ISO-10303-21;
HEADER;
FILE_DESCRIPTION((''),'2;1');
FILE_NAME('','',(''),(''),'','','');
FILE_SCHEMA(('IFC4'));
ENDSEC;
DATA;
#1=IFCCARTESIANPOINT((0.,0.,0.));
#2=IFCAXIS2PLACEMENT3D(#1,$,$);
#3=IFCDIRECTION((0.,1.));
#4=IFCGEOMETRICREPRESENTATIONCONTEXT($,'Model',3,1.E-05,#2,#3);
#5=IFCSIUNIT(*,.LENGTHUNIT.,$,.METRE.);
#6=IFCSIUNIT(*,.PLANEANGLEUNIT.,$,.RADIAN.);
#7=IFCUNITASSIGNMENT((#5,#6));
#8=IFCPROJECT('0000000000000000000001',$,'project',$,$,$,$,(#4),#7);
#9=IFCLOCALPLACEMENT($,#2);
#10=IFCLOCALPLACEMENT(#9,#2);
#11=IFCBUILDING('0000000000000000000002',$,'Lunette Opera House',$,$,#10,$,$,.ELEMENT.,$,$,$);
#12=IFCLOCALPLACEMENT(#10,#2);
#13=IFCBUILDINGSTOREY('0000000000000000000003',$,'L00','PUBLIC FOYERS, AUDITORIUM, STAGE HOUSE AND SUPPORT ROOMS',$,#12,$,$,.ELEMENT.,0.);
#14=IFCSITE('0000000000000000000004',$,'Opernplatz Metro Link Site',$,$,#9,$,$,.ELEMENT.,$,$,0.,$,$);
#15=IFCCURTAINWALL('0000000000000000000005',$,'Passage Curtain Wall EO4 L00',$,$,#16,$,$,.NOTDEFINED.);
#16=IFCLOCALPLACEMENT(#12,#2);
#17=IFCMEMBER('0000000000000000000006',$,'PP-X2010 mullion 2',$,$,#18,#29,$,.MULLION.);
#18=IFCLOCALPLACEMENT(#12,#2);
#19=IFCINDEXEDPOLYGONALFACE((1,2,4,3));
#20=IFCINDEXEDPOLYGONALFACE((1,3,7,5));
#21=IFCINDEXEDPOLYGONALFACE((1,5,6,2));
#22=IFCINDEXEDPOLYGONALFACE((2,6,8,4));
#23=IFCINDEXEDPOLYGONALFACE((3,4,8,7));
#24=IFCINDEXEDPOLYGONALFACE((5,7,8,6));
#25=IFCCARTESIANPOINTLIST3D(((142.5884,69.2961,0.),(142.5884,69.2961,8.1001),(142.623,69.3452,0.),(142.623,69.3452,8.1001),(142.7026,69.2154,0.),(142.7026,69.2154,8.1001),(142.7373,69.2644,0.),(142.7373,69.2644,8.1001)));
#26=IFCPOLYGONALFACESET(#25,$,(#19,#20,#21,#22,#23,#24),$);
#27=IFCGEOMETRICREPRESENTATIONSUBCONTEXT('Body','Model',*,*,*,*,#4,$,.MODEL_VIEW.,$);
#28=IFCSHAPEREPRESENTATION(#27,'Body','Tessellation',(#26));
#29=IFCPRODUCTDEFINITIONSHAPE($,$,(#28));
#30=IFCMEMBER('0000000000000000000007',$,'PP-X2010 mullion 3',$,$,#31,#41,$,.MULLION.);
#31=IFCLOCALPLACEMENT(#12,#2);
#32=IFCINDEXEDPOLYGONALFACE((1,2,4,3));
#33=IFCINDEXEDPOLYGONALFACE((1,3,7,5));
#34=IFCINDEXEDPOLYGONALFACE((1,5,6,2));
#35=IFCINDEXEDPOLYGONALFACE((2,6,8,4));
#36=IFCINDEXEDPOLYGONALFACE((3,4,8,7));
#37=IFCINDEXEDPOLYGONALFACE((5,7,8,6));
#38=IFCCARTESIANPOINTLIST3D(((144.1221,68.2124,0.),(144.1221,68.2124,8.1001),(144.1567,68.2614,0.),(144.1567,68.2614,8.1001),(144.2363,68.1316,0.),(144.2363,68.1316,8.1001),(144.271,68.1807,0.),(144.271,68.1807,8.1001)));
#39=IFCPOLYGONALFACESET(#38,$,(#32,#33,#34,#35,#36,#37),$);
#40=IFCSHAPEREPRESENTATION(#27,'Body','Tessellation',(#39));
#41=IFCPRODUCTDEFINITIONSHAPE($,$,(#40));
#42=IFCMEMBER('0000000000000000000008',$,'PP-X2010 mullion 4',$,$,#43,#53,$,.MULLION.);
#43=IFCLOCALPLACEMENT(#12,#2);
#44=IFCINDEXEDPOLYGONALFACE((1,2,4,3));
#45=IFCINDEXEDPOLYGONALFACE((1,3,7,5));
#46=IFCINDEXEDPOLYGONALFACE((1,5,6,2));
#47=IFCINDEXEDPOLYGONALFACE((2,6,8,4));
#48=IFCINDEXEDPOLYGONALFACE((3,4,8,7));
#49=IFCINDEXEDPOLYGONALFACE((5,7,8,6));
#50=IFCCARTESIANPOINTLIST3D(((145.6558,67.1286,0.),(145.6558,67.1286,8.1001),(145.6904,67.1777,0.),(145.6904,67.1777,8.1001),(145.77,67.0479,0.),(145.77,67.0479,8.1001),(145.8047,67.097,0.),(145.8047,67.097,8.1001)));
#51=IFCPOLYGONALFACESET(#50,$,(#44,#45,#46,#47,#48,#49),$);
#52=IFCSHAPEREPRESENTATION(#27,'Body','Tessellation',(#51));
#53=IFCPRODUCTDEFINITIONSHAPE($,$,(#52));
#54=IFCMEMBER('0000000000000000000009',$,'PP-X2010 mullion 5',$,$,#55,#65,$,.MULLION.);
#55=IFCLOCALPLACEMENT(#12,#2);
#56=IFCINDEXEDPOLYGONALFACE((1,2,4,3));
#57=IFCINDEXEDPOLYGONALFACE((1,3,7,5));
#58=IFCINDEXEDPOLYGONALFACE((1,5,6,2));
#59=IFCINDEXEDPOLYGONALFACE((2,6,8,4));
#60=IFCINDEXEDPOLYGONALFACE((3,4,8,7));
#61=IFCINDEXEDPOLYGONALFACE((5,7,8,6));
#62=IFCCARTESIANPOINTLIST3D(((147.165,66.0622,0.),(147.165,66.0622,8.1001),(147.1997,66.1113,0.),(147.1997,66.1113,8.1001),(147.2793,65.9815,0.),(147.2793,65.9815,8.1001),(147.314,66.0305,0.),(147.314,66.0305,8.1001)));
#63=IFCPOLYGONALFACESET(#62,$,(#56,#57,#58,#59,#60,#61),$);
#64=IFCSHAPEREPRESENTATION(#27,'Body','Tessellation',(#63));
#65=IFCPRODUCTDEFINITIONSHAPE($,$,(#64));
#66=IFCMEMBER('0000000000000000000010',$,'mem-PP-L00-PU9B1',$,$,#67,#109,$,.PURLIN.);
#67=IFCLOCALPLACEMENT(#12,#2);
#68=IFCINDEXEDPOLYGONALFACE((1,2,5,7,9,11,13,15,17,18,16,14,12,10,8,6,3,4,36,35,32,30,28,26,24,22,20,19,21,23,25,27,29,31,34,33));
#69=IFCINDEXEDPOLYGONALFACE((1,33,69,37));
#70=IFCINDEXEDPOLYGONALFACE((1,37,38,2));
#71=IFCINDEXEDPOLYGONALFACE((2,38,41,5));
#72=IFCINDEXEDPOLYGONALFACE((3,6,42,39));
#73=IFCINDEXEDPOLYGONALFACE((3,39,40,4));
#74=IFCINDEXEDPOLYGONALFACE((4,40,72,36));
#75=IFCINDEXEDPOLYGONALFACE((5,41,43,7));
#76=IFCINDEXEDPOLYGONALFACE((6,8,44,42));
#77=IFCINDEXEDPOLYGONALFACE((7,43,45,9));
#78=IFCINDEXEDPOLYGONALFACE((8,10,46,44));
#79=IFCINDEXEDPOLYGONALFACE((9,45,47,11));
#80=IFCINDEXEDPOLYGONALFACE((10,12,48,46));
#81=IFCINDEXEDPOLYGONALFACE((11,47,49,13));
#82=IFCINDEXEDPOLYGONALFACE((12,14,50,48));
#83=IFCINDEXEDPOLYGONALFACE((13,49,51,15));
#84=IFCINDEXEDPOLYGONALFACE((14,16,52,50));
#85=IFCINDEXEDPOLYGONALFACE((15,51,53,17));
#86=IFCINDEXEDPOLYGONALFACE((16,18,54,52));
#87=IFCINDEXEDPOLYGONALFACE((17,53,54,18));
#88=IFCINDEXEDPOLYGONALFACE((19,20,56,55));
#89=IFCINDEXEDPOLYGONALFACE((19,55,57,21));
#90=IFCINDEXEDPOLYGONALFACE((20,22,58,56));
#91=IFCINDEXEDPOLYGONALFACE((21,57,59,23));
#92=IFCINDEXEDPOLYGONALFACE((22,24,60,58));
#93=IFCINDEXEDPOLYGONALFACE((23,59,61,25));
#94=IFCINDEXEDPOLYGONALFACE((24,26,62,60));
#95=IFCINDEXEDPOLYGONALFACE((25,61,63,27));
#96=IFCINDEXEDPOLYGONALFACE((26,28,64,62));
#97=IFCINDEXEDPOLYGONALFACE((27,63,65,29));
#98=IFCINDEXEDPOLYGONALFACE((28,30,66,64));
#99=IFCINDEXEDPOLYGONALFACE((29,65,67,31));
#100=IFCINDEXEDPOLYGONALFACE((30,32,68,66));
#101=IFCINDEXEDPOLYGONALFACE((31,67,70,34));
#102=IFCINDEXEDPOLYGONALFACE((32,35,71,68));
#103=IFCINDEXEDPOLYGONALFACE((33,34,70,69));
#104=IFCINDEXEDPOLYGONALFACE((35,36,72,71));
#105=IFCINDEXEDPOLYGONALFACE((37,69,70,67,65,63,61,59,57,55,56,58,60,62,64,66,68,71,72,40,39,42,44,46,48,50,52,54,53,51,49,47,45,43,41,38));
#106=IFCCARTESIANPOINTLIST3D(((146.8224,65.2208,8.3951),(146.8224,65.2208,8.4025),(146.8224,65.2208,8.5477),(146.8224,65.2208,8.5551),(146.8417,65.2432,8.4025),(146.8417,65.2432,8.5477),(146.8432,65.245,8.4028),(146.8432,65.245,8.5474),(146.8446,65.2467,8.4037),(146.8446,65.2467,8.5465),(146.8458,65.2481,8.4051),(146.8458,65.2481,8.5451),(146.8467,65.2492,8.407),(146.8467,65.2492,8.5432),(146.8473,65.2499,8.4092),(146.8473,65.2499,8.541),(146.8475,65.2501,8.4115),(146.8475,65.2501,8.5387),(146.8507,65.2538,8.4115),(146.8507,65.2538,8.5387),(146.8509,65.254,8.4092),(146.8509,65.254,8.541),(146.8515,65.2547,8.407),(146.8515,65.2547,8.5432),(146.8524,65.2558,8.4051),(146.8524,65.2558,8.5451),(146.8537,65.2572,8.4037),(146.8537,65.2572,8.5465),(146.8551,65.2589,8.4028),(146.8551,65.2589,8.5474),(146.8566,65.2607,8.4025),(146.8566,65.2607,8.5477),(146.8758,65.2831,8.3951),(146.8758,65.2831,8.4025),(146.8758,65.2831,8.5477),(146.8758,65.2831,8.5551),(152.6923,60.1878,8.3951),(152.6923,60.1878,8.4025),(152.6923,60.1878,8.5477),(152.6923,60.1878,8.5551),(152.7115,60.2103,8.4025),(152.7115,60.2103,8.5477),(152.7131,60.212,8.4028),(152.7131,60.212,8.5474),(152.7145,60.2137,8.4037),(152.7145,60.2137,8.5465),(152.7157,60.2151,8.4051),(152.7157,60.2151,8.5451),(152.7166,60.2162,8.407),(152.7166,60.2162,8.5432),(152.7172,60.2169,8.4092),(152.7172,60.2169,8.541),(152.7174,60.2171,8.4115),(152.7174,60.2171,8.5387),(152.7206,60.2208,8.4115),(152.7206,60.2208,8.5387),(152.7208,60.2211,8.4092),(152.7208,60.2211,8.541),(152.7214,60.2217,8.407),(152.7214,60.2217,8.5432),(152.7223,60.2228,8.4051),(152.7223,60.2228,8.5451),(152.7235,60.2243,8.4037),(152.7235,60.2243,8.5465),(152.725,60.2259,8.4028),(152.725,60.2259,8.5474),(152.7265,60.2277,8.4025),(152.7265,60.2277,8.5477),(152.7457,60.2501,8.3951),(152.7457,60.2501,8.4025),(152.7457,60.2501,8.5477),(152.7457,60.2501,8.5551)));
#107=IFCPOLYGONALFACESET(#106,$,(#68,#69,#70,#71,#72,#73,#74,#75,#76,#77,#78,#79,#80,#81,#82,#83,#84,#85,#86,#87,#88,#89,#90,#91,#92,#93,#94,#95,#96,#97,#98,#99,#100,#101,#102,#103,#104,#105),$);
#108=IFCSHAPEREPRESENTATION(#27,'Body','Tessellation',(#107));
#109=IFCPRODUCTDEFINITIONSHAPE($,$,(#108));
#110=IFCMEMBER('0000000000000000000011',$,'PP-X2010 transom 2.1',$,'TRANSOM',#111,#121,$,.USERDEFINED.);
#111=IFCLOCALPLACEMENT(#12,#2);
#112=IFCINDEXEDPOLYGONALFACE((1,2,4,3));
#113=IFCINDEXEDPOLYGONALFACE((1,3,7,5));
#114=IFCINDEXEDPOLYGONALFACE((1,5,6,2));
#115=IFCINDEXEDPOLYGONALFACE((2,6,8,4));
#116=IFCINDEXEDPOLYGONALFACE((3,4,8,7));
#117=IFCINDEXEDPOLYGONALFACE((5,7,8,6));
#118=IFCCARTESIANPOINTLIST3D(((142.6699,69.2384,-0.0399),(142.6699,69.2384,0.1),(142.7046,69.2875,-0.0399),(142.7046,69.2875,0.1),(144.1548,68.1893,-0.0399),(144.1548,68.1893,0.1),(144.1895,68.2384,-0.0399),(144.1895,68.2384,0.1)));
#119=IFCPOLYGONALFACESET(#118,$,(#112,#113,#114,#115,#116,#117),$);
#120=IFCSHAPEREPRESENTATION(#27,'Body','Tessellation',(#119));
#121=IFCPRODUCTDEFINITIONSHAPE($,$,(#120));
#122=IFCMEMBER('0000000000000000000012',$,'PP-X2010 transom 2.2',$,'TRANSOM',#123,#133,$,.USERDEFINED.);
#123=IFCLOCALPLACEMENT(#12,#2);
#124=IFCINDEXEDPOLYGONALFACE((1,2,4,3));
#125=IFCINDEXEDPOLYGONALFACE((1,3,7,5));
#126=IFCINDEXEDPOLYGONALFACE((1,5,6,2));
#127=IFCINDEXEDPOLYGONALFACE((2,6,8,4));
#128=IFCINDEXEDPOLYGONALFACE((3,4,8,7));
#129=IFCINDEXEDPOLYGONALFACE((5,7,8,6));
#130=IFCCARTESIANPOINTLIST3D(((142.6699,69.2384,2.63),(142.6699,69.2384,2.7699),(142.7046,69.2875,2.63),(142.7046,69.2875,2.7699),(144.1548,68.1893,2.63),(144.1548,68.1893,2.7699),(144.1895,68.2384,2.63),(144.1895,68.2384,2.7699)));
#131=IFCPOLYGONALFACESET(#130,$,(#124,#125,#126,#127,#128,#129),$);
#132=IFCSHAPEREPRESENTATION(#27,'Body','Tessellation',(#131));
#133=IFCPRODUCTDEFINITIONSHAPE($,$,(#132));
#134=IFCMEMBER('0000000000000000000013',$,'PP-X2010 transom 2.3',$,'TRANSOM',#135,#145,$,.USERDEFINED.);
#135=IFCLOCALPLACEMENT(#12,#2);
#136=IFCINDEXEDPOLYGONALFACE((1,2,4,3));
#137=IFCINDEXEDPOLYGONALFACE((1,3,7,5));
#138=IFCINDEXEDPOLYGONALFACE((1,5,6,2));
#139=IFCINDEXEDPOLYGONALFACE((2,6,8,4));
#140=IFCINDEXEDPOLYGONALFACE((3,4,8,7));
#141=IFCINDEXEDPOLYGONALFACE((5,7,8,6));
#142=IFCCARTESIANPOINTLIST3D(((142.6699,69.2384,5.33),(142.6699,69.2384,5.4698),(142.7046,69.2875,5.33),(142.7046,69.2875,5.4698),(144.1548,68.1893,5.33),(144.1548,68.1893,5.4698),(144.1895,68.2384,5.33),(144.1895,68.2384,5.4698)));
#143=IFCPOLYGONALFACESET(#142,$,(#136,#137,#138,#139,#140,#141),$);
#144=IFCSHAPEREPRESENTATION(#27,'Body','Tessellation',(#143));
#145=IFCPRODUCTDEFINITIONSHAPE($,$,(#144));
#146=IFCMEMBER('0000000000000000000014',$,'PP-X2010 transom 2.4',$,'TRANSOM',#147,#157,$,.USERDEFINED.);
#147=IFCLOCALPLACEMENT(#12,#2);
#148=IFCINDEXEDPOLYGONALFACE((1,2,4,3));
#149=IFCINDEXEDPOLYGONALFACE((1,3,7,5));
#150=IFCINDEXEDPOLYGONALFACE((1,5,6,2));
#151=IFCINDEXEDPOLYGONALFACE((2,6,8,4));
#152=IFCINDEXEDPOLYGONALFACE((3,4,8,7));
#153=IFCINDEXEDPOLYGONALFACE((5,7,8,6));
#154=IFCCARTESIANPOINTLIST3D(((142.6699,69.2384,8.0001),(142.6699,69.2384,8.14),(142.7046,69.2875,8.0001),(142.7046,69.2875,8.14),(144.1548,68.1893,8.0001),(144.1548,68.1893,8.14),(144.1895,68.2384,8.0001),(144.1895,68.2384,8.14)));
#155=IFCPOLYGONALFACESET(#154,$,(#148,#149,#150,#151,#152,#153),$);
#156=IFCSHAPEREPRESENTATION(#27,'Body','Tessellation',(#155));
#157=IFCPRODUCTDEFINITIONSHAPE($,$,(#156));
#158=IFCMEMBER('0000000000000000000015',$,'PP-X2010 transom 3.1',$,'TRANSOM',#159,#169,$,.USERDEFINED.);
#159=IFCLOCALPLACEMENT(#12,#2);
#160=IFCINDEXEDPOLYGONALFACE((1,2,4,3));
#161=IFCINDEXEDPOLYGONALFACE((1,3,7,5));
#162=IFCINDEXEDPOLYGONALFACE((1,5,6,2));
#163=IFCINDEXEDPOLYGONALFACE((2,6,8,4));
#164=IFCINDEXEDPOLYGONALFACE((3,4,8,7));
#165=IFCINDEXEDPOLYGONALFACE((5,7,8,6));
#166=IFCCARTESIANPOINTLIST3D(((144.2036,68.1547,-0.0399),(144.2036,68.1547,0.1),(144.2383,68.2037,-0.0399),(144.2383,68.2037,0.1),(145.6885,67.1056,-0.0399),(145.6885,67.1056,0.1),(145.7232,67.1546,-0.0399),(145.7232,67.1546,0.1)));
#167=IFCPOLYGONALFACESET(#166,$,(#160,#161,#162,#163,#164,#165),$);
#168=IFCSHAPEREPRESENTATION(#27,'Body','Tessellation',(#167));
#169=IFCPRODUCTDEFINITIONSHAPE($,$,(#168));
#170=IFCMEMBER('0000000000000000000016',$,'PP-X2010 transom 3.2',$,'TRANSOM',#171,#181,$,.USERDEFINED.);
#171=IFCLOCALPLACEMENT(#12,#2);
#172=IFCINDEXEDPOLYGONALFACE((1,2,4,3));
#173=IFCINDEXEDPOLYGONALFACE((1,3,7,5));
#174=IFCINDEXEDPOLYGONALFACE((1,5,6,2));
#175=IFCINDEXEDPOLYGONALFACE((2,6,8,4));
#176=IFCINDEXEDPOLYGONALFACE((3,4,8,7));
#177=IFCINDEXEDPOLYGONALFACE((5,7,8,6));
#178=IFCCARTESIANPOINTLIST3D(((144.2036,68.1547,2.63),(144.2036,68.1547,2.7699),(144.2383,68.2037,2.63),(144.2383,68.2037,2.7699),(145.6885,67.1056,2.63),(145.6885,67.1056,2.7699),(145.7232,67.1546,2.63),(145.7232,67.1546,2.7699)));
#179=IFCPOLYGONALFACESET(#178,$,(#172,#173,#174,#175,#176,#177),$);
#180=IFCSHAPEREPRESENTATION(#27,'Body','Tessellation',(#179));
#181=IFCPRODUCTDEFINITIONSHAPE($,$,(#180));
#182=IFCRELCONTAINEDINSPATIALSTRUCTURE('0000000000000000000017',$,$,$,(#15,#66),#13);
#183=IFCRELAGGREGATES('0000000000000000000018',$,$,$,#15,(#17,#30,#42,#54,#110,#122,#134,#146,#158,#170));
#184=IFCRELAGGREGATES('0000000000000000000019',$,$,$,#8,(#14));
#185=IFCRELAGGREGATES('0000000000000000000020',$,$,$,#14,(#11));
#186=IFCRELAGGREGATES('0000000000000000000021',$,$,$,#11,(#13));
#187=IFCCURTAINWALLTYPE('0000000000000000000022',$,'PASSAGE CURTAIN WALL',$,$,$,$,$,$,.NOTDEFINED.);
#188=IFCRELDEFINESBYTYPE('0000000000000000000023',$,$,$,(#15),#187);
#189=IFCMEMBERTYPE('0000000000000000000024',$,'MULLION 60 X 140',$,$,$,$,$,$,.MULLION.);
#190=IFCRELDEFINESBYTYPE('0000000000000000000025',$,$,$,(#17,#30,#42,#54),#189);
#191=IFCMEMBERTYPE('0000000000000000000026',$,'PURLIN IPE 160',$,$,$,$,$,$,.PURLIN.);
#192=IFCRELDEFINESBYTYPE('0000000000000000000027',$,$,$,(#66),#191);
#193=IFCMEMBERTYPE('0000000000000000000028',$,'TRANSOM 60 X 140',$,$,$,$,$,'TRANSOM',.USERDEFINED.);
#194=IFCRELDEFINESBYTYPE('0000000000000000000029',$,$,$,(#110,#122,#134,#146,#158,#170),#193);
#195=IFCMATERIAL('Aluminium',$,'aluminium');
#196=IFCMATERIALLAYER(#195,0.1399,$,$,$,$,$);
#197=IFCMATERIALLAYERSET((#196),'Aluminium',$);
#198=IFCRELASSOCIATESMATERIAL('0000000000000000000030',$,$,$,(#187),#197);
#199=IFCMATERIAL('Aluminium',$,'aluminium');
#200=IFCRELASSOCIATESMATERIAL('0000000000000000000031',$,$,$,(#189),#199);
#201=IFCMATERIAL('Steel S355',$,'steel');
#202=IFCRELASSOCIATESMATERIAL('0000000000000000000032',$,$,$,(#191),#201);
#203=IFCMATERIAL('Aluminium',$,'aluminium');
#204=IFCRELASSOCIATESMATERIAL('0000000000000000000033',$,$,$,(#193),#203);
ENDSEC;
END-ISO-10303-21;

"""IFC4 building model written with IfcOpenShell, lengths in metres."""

from ifc_helpers import new_model, si_unit, direction, frame, origin, origin_2d, place, context, subcontext, project, spatial, rectangle, i_section, extrude, material, layer, layer_set, material_profile, profile_set, type_object, element, aggregate, save


model = new_model("IFC4")

# Units and contexts
model_context = context("Model", 3, precision=1e-05, world=origin(), true_north=direction((0.0, 1.0)))
body_context = subcontext(model_context, "Body", "Model", "MODEL_VIEW")
ifc_project = project(units=[si_unit("LENGTHUNIT", "METRE"), si_unit("PLANEANGLEUNIT", "RADIAN")], contexts=[model_context])

# Site, building, storey
site_placement = place(None, origin())
site = spatial("IfcSite", under=ifc_project, at=site_placement, Name="Opernplatz Metro Link Site", CompositionType="ELEMENT", RefElevation=0.0)
building_placement = place(site_placement, origin())
building = spatial("IfcBuilding", under=site, at=building_placement, Name="Lunette Opera House", CompositionType="ELEMENT")
storey_placement = place(building_placement, origin())
storey = spatial("IfcBuildingStorey", under=building, at=storey_placement, Name="L00", Description="PUBLIC FOYERS, AUDITORIUM, STAGE HOUSE AND SUPPORT ROOMS", CompositionType="ELEMENT", Elevation=0.0)

# Curtain wall, members
ifc_material_1 = material(Name="Aluminium", Category="aluminium")
ifc_layer_1 = layer(ifc_material_1, 0.1399)
ifc_layer_set_1 = layer_set([ifc_layer_1], Name="Aluminium")
curtain_wall_type = type_object("IfcCurtainWallType", Name="PASSAGE CURTAIN WALL", PredefinedType="NOTDEFINED", material=ifc_layer_set_1)
curtain_wall_placement = place(storey_placement, origin())
curtain_wall = element("IfcCurtainWall", 1, at=curtain_wall_placement, inside=storey, type_object=curtain_wall_type, Name="Passage Curtain Wall EO4 L00", PredefinedType="NOTDEFINED")
ifc_material_2 = material(Name="Aluminium", Category="aluminium")
ifc_material_profile_1 = material_profile(ifc_material_2, rectangle(XDim=0.0601, YDim=0.1399, at=origin_2d()), Name="MULLION 60 X 140")
ifc_profile_set_1 = profile_set([ifc_material_profile_1], Name="Aluminium")
member_type_1 = type_object("IfcMemberType", Name="MULLION 60 X 140", PredefinedType="MULLION", material=ifc_profile_set_1)
member_1_placement = place(storey_placement, frame((142.6628, 69.2803, 0.0), z_axis=(0.0, 0.0, 1.0), x_axis=(0.577075, 0.816691, 0.0)))
member_1 = element("IfcMember", 2, at=member_1_placement, type_object=member_type_1, Name="PP-X2010 mullion 2", PredefinedType="MULLION", context=body_context, shape_type="SweptSolid", body=[
    extrude(rectangle(XDim=0.0601, YDim=0.1399, at=origin_2d()), origin(), (0.0, 0.0, 1.0), 8.1001),
])
member_2_placement = place(storey_placement, frame((144.1965, 68.1965, 0.0), z_axis=(0.0, 0.0, 1.0), x_axis=(0.577075, 0.816691, 0.0)))
member_2 = element("IfcMember", 3, at=member_2_placement, type_object=member_type_1, Name="PP-X2010 mullion 3", PredefinedType="MULLION", context=body_context, shape_type="SweptSolid", body=[
    extrude(rectangle(XDim=0.0601, YDim=0.1399, at=origin_2d()), origin(), (0.0, 0.0, 1.0), 8.1001),
])
member_3_placement = place(storey_placement, frame((145.7302, 67.1128, 0.0), z_axis=(0.0, 0.0, 1.0), x_axis=(0.577075, 0.816691, 0.0)))
member_3 = element("IfcMember", 4, at=member_3_placement, type_object=member_type_1, Name="PP-X2010 mullion 4", PredefinedType="MULLION", context=body_context, shape_type="SweptSolid", body=[
    extrude(rectangle(XDim=0.0601, YDim=0.1399, at=origin_2d()), origin(), (0.0, 0.0, 1.0), 8.1001),
])
member_4_placement = place(storey_placement, frame((147.2395, 66.0464, 0.0), z_axis=(0.0, 0.0, 1.0), x_axis=(0.577075, 0.816691, 0.0)))
member_4 = element("IfcMember", 5, at=member_4_placement, type_object=member_type_1, Name="PP-X2010 mullion 5", PredefinedType="MULLION", context=body_context, shape_type="SweptSolid", body=[
    extrude(rectangle(XDim=0.0601, YDim=0.1399, at=origin_2d()), origin(), (0.0, 0.0, 1.0), 8.1001),
])

# Members
ifc_material_3 = material(Name="Steel S355", Category="steel")
ifc_material_profile_2 = material_profile(ifc_material_3, i_section(OverallWidth=0.082, OverallDepth=0.1599, WebThickness=0.0049, FlangeThickness=0.0073, FilletRadius=0.009, at=origin_2d()), Name="IPE 160")
ifc_profile_set_2 = profile_set([ifc_material_profile_2], Name="Steel S355")
member_type_2 = type_object("IfcMemberType", Name="PURLIN IPE 160", PredefinedType="PURLIN", material=ifc_profile_set_2)
member_5_placement = place(storey_placement, frame((146.8491, 65.252, 8.4751), z_axis=(0.759152, -0.650914, 0.0), x_axis=(0.650914, 0.759152, 0.0)))
element("IfcMember", 6, at=member_5_placement, inside=storey, type_object=member_type_2, Name="mem-PP-L00-PU9B1", PredefinedType="PURLIN", context=body_context, shape_type="SweptSolid", body=[
    extrude(i_section(OverallWidth=0.082, OverallDepth=0.1599, WebThickness=0.0049, FlangeThickness=0.0073, FilletRadius=0.009, at=origin_2d()), origin(), (0.0, 0.0, 1.0), 7.7322),
])
ifc_material_4 = material(Name="Aluminium", Category="aluminium")
ifc_material_profile_3 = material_profile(ifc_material_4, rectangle(XDim=0.0601, YDim=0.1399, at=origin_2d()), Name="TRANSOM 60 X 140")
ifc_profile_set_3 = profile_set([ifc_material_profile_3], Name="Aluminium")
member_type_3 = type_object("IfcMemberType", Name="TRANSOM 60 X 140", ElementType="TRANSOM", PredefinedType="USERDEFINED", material=ifc_profile_set_3)
member_6_placement = place(storey_placement, frame((142.6873, 69.2629, 0.03), z_axis=(0.816726, -0.577026, 0.0), x_axis=(0.577026, 0.816726, 0.0)))
member_6 = element("IfcMember", 7, at=member_6_placement, type_object=member_type_3, Name="PP-X2010 transom 2.1", ObjectType="TRANSOM", PredefinedType="USERDEFINED", context=body_context, shape_type="SweptSolid", body=[
    extrude(rectangle(XDim=0.0601, YDim=0.1399, at=origin_2d()), origin(), (0.0, 0.0, 1.0), 1.8181),
])
member_7_placement = place(storey_placement, frame((142.6873, 69.2629, 2.7), z_axis=(0.816726, -0.577026, 0.0), x_axis=(0.577026, 0.816726, 0.0)))
member_7 = element("IfcMember", 8, at=member_7_placement, type_object=member_type_3, Name="PP-X2010 transom 2.2", ObjectType="TRANSOM", PredefinedType="USERDEFINED", context=body_context, shape_type="SweptSolid", body=[
    extrude(rectangle(XDim=0.0601, YDim=0.1399, at=origin_2d()), origin(), (0.0, 0.0, 1.0), 1.8181),
])
member_8_placement = place(storey_placement, frame((142.6873, 69.2629, 5.3999), z_axis=(0.816726, -0.577026, 0.0), x_axis=(0.577026, 0.816726, 0.0)))
member_8 = element("IfcMember", 9, at=member_8_placement, type_object=member_type_3, Name="PP-X2010 transom 2.3", ObjectType="TRANSOM", PredefinedType="USERDEFINED", context=body_context, shape_type="SweptSolid", body=[
    extrude(rectangle(XDim=0.0601, YDim=0.1399, at=origin_2d()), origin(), (0.0, 0.0, 1.0), 1.8181),
])
member_9_placement = place(storey_placement, frame((142.6873, 69.2629, 8.0701), z_axis=(0.816726, -0.577026, 0.0), x_axis=(0.577026, 0.816726, 0.0)))
member_9 = element("IfcMember", 10, at=member_9_placement, type_object=member_type_3, Name="PP-X2010 transom 2.4", ObjectType="TRANSOM", PredefinedType="USERDEFINED", context=body_context, shape_type="SweptSolid", body=[
    extrude(rectangle(XDim=0.0601, YDim=0.1399, at=origin_2d()), origin(), (0.0, 0.0, 1.0), 1.8181),
])
member_10_placement = place(storey_placement, frame((144.2209, 68.1792, 0.03), z_axis=(0.816726, -0.577026, 0.0), x_axis=(0.577026, 0.816726, 0.0)))
member_10 = element("IfcMember", 11, at=member_10_placement, type_object=member_type_3, Name="PP-X2010 transom 3.1", ObjectType="TRANSOM", PredefinedType="USERDEFINED", context=body_context, shape_type="SweptSolid", body=[
    extrude(rectangle(XDim=0.0601, YDim=0.1399, at=origin_2d()), origin(), (0.0, 0.0, 1.0), 1.8181),
])
member_11_placement = place(storey_placement, frame((144.2209, 68.1792, 2.7), z_axis=(0.816726, -0.577026, 0.0), x_axis=(0.577026, 0.816726, 0.0)))
member_11 = element("IfcMember", 12, at=member_11_placement, type_object=member_type_3, Name="PP-X2010 transom 3.2", ObjectType="TRANSOM", PredefinedType="USERDEFINED", context=body_context, shape_type="SweptSolid", body=[
    extrude(rectangle(XDim=0.0601, YDim=0.1399, at=origin_2d()), origin(), (0.0, 0.0, 1.0), 1.8181),
])

aggregate(curtain_wall, [member_1, member_2, member_3, member_4, member_6, member_7, member_8, member_9, member_10, member_11])

save(model, "model.ifc")
